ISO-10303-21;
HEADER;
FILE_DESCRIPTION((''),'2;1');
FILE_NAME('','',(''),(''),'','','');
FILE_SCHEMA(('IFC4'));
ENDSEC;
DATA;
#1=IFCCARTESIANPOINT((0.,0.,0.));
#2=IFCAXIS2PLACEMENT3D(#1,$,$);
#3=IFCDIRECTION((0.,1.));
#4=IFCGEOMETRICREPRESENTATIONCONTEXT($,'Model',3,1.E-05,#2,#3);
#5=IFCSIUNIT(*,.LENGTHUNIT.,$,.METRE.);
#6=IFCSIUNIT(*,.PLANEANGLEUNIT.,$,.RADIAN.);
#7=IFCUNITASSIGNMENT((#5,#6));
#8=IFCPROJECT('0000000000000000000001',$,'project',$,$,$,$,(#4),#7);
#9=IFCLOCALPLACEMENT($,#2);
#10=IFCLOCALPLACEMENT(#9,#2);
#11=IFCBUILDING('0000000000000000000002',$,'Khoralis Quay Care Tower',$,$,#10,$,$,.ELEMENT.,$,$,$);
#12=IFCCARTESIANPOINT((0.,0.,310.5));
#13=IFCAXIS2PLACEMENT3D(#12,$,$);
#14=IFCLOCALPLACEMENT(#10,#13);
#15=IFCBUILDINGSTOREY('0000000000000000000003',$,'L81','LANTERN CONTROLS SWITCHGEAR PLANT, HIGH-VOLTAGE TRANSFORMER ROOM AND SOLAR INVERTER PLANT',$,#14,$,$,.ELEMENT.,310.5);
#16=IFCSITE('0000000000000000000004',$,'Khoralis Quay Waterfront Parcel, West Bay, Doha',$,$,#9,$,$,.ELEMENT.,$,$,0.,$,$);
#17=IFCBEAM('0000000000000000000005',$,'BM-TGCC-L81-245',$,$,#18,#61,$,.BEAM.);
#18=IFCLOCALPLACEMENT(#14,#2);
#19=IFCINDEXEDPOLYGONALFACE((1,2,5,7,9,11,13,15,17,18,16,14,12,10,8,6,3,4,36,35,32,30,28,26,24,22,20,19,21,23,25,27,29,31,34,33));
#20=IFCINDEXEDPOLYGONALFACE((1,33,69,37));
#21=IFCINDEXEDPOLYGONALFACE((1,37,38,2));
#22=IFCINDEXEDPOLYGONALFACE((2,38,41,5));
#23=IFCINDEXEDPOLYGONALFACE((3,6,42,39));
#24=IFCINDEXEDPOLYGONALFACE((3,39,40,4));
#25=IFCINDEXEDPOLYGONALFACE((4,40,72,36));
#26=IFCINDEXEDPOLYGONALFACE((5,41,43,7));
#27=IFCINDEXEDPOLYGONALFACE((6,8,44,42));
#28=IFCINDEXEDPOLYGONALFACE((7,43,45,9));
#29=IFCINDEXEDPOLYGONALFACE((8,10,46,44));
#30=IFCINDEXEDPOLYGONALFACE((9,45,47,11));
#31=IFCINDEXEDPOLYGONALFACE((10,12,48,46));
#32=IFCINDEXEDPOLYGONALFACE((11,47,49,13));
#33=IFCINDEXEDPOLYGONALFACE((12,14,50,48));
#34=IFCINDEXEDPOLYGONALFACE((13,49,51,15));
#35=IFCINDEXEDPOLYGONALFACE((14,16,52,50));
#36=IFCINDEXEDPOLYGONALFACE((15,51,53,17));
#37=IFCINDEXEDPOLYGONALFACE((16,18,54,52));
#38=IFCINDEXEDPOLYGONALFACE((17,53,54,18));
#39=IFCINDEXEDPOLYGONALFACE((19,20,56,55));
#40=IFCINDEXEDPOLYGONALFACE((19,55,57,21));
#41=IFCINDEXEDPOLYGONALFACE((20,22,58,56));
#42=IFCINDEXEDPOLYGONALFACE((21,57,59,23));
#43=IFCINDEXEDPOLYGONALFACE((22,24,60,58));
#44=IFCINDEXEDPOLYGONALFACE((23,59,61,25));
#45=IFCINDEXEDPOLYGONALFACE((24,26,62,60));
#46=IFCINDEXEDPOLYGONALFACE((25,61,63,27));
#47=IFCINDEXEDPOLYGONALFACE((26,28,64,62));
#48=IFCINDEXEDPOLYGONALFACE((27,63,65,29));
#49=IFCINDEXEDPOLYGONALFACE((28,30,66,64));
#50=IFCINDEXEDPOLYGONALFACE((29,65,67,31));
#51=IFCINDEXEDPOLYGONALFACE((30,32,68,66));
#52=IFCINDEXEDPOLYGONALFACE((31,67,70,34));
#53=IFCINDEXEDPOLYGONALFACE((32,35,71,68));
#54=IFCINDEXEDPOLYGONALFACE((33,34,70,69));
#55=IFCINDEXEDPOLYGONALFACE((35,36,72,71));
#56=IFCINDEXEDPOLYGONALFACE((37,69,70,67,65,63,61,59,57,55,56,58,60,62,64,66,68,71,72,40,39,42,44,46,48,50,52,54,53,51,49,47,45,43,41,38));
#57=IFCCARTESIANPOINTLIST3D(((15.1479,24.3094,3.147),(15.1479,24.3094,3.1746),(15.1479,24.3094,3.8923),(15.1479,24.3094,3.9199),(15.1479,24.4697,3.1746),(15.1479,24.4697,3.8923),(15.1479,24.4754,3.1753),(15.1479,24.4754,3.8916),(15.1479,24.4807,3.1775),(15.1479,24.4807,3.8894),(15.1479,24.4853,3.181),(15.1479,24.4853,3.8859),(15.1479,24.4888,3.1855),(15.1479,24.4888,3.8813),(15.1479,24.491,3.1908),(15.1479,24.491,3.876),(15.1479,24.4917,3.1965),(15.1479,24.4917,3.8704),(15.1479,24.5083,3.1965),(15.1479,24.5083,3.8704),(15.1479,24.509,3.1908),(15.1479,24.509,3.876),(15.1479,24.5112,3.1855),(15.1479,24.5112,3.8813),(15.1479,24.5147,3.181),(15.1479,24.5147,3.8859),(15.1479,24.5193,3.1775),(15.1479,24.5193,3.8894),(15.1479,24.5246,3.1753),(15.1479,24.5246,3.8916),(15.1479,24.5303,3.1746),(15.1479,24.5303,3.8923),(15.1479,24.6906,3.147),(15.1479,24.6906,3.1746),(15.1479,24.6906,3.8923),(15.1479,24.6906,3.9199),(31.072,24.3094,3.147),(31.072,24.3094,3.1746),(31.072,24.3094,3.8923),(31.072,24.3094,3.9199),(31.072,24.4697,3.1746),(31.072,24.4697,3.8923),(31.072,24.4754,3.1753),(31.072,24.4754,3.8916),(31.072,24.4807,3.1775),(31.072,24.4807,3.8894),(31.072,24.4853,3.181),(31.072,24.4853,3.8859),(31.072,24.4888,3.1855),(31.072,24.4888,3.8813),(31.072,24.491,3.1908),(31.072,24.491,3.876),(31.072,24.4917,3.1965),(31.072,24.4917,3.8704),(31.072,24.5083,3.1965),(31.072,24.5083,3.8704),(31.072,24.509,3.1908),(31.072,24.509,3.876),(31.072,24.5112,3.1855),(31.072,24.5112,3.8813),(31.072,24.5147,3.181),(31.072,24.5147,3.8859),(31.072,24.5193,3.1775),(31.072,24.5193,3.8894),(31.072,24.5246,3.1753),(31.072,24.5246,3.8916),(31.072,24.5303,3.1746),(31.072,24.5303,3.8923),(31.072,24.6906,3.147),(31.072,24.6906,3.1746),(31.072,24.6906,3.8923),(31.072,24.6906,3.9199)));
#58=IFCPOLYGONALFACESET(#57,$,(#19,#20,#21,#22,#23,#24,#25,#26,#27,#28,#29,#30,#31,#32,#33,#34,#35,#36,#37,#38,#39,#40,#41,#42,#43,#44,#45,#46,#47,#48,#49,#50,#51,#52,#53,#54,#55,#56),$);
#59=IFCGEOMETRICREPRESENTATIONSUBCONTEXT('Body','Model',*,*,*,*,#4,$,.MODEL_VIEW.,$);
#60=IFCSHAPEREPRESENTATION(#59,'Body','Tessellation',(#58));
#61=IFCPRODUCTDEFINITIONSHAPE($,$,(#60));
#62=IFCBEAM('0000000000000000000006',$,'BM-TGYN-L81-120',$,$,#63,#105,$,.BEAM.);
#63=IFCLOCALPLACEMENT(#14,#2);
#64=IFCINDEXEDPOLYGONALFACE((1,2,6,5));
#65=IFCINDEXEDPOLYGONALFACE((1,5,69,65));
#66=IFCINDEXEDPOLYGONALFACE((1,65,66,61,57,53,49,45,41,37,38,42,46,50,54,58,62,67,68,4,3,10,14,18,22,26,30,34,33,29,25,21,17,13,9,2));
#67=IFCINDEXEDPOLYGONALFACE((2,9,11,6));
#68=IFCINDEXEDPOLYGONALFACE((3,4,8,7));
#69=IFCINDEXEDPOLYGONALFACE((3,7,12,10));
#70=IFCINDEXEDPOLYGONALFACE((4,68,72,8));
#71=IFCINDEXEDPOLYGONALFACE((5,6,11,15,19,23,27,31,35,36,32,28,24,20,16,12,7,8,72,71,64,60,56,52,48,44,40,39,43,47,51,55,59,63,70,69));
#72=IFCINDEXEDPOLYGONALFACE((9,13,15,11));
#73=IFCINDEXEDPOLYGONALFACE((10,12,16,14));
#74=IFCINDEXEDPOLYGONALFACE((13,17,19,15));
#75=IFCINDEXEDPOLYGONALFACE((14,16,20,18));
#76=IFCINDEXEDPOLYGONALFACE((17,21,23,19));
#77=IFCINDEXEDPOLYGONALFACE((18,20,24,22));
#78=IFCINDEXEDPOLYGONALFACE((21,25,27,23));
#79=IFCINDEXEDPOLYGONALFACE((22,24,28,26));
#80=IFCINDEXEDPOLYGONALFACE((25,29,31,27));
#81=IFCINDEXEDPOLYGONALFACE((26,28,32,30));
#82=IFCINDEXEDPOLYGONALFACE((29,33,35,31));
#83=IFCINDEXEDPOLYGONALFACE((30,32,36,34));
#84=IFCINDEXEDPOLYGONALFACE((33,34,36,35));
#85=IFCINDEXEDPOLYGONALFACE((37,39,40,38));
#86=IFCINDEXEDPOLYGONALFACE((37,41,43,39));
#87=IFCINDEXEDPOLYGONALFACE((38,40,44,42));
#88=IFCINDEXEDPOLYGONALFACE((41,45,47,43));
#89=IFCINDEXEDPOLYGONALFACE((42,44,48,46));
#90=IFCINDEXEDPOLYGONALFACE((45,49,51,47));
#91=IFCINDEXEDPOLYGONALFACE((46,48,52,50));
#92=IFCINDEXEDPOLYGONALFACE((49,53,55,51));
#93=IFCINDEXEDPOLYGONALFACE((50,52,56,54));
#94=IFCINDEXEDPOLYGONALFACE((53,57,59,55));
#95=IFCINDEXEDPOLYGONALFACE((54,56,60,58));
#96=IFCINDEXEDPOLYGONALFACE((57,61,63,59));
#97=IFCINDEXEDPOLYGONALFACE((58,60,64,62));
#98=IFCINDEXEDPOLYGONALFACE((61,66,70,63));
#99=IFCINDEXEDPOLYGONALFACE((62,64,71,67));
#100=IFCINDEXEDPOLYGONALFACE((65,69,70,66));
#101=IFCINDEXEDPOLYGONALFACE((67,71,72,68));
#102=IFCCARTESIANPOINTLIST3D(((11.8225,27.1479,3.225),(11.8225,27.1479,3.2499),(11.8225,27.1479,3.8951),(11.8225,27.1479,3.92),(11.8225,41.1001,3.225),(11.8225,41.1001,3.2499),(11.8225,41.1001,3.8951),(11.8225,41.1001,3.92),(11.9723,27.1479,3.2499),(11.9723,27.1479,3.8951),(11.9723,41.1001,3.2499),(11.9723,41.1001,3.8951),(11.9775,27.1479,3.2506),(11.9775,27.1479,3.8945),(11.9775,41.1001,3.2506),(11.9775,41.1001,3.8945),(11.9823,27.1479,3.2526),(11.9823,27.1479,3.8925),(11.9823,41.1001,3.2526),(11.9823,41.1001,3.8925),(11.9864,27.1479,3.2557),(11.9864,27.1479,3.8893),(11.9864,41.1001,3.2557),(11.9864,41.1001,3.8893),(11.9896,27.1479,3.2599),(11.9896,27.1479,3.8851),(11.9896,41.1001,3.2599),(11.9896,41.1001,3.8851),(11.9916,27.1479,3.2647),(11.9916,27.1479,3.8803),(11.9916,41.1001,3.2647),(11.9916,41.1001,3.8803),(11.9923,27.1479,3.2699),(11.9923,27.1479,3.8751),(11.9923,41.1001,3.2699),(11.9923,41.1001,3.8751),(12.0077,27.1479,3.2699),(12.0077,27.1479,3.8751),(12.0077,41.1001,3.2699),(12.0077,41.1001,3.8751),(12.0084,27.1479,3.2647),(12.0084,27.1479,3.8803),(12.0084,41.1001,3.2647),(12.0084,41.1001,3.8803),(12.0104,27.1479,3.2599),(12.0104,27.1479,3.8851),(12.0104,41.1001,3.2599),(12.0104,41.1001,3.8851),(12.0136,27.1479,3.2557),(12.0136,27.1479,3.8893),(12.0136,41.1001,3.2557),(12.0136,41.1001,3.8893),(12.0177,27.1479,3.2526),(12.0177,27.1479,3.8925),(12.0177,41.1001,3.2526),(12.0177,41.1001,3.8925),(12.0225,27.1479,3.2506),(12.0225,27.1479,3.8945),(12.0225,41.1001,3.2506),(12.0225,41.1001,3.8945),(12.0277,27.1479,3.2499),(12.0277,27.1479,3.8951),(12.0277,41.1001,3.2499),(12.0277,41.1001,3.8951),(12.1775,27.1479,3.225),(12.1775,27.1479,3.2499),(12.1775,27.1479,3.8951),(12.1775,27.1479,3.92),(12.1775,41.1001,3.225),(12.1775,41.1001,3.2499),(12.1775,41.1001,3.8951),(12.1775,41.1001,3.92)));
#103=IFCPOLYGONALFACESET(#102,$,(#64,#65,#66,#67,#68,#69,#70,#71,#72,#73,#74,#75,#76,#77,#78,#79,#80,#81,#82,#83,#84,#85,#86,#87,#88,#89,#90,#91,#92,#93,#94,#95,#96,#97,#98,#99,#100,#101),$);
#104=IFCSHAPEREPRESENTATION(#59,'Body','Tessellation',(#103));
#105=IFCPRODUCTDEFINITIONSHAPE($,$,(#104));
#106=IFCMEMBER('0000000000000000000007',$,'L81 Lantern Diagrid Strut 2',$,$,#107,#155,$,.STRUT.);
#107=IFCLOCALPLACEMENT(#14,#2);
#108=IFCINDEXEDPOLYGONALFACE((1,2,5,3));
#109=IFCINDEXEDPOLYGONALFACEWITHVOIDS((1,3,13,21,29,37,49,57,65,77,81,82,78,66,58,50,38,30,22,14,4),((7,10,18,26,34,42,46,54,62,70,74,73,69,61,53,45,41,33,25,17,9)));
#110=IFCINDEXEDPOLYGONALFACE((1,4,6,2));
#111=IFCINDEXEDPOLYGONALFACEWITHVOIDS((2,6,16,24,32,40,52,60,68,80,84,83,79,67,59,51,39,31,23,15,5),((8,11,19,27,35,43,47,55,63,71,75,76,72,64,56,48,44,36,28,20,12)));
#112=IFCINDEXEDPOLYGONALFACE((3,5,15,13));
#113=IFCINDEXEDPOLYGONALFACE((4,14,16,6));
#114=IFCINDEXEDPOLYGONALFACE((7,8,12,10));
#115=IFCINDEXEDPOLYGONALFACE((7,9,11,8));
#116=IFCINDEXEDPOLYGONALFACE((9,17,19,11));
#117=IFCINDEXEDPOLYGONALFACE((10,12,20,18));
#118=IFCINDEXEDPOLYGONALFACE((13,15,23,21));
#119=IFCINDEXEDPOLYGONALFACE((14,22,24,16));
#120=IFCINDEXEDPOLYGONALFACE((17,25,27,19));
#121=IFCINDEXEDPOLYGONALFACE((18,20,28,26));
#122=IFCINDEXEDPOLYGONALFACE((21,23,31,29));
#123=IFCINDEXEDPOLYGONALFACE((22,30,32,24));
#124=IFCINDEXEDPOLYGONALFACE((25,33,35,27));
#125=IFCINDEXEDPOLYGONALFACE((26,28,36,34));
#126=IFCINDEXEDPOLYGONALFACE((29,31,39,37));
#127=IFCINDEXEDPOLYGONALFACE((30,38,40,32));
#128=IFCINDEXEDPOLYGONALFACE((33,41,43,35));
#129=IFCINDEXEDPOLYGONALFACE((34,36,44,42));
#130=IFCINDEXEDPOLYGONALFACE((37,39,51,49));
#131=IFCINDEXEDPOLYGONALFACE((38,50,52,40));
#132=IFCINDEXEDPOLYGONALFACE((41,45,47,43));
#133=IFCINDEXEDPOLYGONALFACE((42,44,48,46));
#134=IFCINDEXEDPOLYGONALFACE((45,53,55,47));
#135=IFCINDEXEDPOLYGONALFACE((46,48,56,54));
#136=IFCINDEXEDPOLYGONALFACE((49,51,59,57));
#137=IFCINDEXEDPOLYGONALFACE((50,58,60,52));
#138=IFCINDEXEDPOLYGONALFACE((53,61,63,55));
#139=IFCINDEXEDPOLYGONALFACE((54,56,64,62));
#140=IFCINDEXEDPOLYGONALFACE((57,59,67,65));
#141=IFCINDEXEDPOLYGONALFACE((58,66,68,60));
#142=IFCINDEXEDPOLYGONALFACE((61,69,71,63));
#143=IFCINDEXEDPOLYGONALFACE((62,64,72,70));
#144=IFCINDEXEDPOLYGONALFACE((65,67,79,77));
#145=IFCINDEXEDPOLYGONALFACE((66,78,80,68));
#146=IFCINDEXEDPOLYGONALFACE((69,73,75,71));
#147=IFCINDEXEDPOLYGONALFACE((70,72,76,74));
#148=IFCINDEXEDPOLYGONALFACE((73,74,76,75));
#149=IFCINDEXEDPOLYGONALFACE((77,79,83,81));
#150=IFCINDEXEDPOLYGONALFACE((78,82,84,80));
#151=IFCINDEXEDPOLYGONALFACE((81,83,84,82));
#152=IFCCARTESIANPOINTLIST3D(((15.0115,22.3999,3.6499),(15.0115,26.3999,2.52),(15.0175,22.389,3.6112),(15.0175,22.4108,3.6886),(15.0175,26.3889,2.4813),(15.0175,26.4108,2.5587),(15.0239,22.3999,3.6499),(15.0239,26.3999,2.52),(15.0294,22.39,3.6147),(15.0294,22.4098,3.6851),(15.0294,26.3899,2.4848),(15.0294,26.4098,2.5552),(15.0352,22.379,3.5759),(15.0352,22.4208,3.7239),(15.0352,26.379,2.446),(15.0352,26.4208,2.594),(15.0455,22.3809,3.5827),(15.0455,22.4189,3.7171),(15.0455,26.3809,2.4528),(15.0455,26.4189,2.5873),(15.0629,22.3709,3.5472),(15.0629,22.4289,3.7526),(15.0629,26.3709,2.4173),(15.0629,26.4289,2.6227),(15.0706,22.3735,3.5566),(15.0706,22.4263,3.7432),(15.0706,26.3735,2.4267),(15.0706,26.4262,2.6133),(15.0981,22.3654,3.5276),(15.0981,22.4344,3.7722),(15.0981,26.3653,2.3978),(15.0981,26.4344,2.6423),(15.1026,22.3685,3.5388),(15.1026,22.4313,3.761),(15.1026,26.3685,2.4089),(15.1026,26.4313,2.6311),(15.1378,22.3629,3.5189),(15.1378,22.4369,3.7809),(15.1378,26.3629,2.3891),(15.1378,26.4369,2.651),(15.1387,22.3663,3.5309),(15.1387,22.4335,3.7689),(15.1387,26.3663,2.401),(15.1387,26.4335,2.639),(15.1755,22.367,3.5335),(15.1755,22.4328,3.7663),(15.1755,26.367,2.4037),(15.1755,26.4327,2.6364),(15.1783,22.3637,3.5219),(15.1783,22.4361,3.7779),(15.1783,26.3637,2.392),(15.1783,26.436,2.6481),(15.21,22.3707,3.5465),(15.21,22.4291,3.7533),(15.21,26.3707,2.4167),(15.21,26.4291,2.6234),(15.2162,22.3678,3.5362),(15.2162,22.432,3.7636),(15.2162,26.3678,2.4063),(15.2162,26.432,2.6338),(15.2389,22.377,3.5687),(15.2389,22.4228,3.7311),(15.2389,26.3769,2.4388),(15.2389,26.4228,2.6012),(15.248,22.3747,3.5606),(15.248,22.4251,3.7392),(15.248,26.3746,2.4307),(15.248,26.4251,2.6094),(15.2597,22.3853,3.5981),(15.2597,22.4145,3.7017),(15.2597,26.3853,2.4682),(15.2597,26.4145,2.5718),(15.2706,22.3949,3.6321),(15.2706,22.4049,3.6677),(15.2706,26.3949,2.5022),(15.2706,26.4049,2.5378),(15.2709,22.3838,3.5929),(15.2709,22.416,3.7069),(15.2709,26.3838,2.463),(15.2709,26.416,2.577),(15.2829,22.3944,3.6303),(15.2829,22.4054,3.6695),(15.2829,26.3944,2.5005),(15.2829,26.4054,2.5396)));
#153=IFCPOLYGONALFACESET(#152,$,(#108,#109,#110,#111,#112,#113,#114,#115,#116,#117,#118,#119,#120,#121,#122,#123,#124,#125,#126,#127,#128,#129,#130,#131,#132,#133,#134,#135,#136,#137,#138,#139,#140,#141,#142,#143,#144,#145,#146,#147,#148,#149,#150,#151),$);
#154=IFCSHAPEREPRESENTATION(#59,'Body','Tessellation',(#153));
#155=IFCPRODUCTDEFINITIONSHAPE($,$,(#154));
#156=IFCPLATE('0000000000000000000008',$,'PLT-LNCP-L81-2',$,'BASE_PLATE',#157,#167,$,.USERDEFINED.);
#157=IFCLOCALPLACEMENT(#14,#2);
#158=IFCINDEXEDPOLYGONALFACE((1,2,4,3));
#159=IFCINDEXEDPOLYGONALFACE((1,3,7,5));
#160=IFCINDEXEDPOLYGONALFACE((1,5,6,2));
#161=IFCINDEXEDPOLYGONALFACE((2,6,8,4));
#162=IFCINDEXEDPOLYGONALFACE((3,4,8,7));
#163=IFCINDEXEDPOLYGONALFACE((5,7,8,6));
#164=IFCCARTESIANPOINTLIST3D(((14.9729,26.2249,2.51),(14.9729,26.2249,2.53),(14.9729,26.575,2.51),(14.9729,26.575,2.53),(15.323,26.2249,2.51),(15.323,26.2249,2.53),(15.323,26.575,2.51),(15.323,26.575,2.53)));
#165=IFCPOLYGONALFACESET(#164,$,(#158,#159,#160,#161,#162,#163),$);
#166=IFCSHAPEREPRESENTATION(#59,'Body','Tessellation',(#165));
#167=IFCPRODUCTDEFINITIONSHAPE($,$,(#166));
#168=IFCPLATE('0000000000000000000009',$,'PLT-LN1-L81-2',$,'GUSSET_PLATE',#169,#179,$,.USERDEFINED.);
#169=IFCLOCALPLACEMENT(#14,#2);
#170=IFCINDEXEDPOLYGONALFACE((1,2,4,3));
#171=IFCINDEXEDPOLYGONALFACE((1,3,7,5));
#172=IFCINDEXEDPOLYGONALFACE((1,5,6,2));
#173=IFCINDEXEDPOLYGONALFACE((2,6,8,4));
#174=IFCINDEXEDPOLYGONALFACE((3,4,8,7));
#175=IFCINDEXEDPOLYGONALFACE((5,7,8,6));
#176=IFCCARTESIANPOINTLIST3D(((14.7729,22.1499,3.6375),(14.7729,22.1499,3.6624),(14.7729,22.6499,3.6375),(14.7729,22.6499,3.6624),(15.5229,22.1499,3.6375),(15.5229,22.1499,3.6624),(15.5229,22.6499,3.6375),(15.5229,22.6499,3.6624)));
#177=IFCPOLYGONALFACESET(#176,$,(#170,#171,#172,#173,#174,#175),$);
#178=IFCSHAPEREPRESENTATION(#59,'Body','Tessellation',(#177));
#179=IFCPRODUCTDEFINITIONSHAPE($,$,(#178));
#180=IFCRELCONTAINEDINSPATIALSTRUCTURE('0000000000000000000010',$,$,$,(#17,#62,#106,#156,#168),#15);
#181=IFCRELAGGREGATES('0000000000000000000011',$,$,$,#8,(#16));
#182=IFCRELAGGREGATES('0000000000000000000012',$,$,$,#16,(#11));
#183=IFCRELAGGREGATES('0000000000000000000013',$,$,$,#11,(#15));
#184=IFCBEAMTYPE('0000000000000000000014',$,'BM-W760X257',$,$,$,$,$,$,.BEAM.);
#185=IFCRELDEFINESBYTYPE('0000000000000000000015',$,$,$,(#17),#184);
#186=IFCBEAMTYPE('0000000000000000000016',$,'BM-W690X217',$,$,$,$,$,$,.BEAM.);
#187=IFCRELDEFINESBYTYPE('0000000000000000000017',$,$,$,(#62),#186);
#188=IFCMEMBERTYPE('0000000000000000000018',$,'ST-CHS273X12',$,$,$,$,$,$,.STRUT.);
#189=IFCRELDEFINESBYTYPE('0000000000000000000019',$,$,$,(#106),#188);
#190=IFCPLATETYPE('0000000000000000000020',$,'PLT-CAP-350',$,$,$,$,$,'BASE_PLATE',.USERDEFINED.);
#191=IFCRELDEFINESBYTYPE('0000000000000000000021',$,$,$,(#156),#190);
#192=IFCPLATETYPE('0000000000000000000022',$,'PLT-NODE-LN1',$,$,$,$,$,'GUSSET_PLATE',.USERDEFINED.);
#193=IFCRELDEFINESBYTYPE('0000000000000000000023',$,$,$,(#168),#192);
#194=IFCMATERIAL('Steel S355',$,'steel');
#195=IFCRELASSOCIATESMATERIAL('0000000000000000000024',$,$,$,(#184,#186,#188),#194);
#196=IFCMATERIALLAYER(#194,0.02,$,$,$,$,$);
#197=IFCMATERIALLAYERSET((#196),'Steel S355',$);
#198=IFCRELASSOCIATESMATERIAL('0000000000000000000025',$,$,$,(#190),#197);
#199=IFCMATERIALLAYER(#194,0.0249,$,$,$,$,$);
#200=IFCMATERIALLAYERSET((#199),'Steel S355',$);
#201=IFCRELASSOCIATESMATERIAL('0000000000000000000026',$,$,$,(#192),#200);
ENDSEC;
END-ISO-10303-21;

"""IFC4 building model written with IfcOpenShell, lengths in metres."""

from ifc_helpers import new_model, si_unit, direction, frame, origin, origin_2d, place, context, subcontext, project, spatial, rectangle, hollow_circle, i_section, extrude, source, transform, mapped, material, layer, layer_set, material_profile, profile_set, type_object, element, save


model = new_model("IFC4")

# Units and contexts
model_context = context("Model", 3, precision=1e-05, world=origin(), true_north=direction((0.0, 1.0)))
body_context = subcontext(model_context, "Body", "Model", "MODEL_VIEW")
ifc_project = project(units=[si_unit("LENGTHUNIT", "METRE"), si_unit("PLANEANGLEUNIT", "RADIAN")], contexts=[model_context])

# Site, building, storey
site_placement = place(None, origin())
site = spatial("IfcSite", under=ifc_project, at=site_placement, Name="Khoralis Quay Waterfront Parcel, West Bay, Doha", CompositionType="ELEMENT", RefElevation=0.0)
building_placement = place(site_placement, origin())
building = spatial("IfcBuilding", under=site, at=building_placement, Name="Khoralis Quay Care Tower", CompositionType="ELEMENT")
storey_placement = place(building_placement, frame((0.0, 0.0, 310.5)))
storey = spatial("IfcBuildingStorey", under=building, at=storey_placement, Name="L81", Description="LANTERN CONTROLS SWITCHGEAR PLANT, HIGH-VOLTAGE TRANSFORMER ROOM AND SOLAR INVERTER PLANT", CompositionType="ELEMENT", Elevation=310.5)

# Beams
ifc_material_1 = material(Name="Steel S355", Category="steel")
ifc_material_profile_1 = material_profile(ifc_material_1, i_section(OverallWidth=0.3811, OverallDepth=0.7729, WebThickness=0.0166, FlangeThickness=0.0276, FilletRadius=0.022, at=origin_2d()), Name="Steel S355")
ifc_profile_set_1 = profile_set([ifc_material_profile_1], Name="Steel S355")
beam_type_1 = type_object("IfcBeamType", Name="BM-W760X257", PredefinedType="BEAM", material=ifc_profile_set_1)
ifc_material_profile_2 = material_profile(ifc_material_1, i_section(OverallWidth=0.355, OverallDepth=0.6951, WebThickness=0.0154, FlangeThickness=0.0249, FilletRadius=0.02, at=origin_2d()), Name="Steel S355")
ifc_profile_set_2 = profile_set([ifc_material_profile_2], Name="Steel S355")
beam_type_2 = type_object("IfcBeamType", Name="BM-W690X217", PredefinedType="BEAM", material=ifc_profile_set_2)
shared_shape_1 = source(origin(), body_context, "Body", "SweptSolid", [
    extrude(i_section(OverallWidth=0.3811, OverallDepth=0.7729, WebThickness=0.0166, FlangeThickness=0.0276, FilletRadius=0.022, at=origin_2d()), origin(), (0.0, 0.0, 1.0), 15.9241),
])
beam_1_placement = place(storey_placement, frame((15.1479, 24.5, 3.5334), z_axis=(1.0, 0.0, 0.0), x_axis=(0.0, 1.0, 0.0)))
element("IfcBeam", 1, at=beam_1_placement, inside=storey, type_object=beam_type_1, Name="BM-TGCC-L81-245", PredefinedType="BEAM", context=body_context, shape_type="MappedRepresentation", body=[
    mapped(shared_shape_1, transform((0.0, 0.0, 0.0), scale=1.0)),
])
shared_shape_2 = source(origin(), body_context, "Body", "SweptSolid", [
    extrude(i_section(OverallWidth=0.355, OverallDepth=0.6951, WebThickness=0.0154, FlangeThickness=0.0249, FilletRadius=0.02, at=origin_2d()), origin(), (0.0, 0.0, 1.0), 13.9521),
])
beam_2_placement = place(storey_placement, frame((12.0, 27.1479, 3.5725), z_axis=(0.0, 1.0, 0.0), x_axis=(-1.0, 0.0, 0.0)))
element("IfcBeam", 2, at=beam_2_placement, inside=storey, type_object=beam_type_2, Name="BM-TGYN-L81-120", PredefinedType="BEAM", context=body_context, shape_type="MappedRepresentation", body=[
    mapped(shared_shape_2, transform((0.0, 0.0, 0.0), scale=1.0)),
])

# Member
ifc_material_profile_3 = material_profile(ifc_material_1, hollow_circle(Radius=0.1365, WallThickness=0.0125, at=origin_2d()), Name="Steel S355")
ifc_profile_set_3 = profile_set([ifc_material_profile_3], Name="Steel S355")
member_type = type_object("IfcMemberType", Name="ST-CHS273X12", PredefinedType="STRUT", material=ifc_profile_set_3)
shared_shape_3 = source(origin(), body_context, "Body", "SweptSolid", [
    extrude(hollow_circle(Radius=0.1365, WallThickness=0.0125, at=origin_2d()), origin(), (0.0, 0.0, 1.0), 4.1565),
])
member_placement = place(storey_placement, frame((15.1479, 22.3999, 3.6499), z_axis=(0.0, 0.962344, -0.271834), x_axis=(-1.0, 0.0, 0.0)))
element("IfcMember", 3, at=member_placement, inside=storey, type_object=member_type, Name="L81 Lantern Diagrid Strut 2", PredefinedType="STRUT", context=body_context, shape_type="MappedRepresentation", body=[
    mapped(shared_shape_3, transform((0.0, 0.0, 0.0), scale=1.0)),
])

# Plates
ifc_layer_1 = layer(ifc_material_1, 0.02)
ifc_layer_set_1 = layer_set([ifc_layer_1], Name="Steel S355")
plate_type_1 = type_object("IfcPlateType", Name="PLT-CAP-350", ElementType="BASE_PLATE", PredefinedType="USERDEFINED", material=ifc_layer_set_1)
shared_shape_4 = source(origin(), body_context, "Body", "SweptSolid", [
    extrude(rectangle(XDim=0.3501, YDim=0.3501, at=origin_2d()), origin(), (0.0, 0.0, 1.0), 0.02),
])
plate_1_placement = place(storey_placement, frame((15.1479, 26.3999, 2.51), z_axis=(0.0, 0.0, 1.0), x_axis=(1.0, 0.0, 0.0)))
element("IfcPlate", 4, at=plate_1_placement, inside=storey, type_object=plate_type_1, Name="PLT-LNCP-L81-2", ObjectType="BASE_PLATE", PredefinedType="USERDEFINED", context=body_context, shape_type="MappedRepresentation", body=[
    mapped(shared_shape_4, transform((0.0, 0.0, 0.0), scale=1.0)),
])
ifc_layer_2 = layer(ifc_material_1, 0.0249)
ifc_layer_set_2 = layer_set([ifc_layer_2], Name="Steel S355")
plate_type_2 = type_object("IfcPlateType", Name="PLT-NODE-LN1", ElementType="GUSSET_PLATE", PredefinedType="USERDEFINED", material=ifc_layer_set_2)
shared_shape_5 = source(origin(), body_context, "Body", "SweptSolid", [
    extrude(rectangle(XDim=0.75, YDim=0.5, at=origin_2d()), origin(), (0.0, 0.0, 1.0), 0.0249),
])
plate_2_placement = place(storey_placement, frame((15.1479, 22.3999, 3.6375), z_axis=(0.0, 0.0, 1.0), x_axis=(1.0, 0.0, 0.0)))
element("IfcPlate", 5, at=plate_2_placement, inside=storey, type_object=plate_type_2, Name="PLT-LN1-L81-2", ObjectType="GUSSET_PLATE", PredefinedType="USERDEFINED", context=body_context, shape_type="MappedRepresentation", body=[
    mapped(shared_shape_5, transform((0.0, 0.0, 0.0), scale=1.0)),
])

save(model, "model.ifc")
